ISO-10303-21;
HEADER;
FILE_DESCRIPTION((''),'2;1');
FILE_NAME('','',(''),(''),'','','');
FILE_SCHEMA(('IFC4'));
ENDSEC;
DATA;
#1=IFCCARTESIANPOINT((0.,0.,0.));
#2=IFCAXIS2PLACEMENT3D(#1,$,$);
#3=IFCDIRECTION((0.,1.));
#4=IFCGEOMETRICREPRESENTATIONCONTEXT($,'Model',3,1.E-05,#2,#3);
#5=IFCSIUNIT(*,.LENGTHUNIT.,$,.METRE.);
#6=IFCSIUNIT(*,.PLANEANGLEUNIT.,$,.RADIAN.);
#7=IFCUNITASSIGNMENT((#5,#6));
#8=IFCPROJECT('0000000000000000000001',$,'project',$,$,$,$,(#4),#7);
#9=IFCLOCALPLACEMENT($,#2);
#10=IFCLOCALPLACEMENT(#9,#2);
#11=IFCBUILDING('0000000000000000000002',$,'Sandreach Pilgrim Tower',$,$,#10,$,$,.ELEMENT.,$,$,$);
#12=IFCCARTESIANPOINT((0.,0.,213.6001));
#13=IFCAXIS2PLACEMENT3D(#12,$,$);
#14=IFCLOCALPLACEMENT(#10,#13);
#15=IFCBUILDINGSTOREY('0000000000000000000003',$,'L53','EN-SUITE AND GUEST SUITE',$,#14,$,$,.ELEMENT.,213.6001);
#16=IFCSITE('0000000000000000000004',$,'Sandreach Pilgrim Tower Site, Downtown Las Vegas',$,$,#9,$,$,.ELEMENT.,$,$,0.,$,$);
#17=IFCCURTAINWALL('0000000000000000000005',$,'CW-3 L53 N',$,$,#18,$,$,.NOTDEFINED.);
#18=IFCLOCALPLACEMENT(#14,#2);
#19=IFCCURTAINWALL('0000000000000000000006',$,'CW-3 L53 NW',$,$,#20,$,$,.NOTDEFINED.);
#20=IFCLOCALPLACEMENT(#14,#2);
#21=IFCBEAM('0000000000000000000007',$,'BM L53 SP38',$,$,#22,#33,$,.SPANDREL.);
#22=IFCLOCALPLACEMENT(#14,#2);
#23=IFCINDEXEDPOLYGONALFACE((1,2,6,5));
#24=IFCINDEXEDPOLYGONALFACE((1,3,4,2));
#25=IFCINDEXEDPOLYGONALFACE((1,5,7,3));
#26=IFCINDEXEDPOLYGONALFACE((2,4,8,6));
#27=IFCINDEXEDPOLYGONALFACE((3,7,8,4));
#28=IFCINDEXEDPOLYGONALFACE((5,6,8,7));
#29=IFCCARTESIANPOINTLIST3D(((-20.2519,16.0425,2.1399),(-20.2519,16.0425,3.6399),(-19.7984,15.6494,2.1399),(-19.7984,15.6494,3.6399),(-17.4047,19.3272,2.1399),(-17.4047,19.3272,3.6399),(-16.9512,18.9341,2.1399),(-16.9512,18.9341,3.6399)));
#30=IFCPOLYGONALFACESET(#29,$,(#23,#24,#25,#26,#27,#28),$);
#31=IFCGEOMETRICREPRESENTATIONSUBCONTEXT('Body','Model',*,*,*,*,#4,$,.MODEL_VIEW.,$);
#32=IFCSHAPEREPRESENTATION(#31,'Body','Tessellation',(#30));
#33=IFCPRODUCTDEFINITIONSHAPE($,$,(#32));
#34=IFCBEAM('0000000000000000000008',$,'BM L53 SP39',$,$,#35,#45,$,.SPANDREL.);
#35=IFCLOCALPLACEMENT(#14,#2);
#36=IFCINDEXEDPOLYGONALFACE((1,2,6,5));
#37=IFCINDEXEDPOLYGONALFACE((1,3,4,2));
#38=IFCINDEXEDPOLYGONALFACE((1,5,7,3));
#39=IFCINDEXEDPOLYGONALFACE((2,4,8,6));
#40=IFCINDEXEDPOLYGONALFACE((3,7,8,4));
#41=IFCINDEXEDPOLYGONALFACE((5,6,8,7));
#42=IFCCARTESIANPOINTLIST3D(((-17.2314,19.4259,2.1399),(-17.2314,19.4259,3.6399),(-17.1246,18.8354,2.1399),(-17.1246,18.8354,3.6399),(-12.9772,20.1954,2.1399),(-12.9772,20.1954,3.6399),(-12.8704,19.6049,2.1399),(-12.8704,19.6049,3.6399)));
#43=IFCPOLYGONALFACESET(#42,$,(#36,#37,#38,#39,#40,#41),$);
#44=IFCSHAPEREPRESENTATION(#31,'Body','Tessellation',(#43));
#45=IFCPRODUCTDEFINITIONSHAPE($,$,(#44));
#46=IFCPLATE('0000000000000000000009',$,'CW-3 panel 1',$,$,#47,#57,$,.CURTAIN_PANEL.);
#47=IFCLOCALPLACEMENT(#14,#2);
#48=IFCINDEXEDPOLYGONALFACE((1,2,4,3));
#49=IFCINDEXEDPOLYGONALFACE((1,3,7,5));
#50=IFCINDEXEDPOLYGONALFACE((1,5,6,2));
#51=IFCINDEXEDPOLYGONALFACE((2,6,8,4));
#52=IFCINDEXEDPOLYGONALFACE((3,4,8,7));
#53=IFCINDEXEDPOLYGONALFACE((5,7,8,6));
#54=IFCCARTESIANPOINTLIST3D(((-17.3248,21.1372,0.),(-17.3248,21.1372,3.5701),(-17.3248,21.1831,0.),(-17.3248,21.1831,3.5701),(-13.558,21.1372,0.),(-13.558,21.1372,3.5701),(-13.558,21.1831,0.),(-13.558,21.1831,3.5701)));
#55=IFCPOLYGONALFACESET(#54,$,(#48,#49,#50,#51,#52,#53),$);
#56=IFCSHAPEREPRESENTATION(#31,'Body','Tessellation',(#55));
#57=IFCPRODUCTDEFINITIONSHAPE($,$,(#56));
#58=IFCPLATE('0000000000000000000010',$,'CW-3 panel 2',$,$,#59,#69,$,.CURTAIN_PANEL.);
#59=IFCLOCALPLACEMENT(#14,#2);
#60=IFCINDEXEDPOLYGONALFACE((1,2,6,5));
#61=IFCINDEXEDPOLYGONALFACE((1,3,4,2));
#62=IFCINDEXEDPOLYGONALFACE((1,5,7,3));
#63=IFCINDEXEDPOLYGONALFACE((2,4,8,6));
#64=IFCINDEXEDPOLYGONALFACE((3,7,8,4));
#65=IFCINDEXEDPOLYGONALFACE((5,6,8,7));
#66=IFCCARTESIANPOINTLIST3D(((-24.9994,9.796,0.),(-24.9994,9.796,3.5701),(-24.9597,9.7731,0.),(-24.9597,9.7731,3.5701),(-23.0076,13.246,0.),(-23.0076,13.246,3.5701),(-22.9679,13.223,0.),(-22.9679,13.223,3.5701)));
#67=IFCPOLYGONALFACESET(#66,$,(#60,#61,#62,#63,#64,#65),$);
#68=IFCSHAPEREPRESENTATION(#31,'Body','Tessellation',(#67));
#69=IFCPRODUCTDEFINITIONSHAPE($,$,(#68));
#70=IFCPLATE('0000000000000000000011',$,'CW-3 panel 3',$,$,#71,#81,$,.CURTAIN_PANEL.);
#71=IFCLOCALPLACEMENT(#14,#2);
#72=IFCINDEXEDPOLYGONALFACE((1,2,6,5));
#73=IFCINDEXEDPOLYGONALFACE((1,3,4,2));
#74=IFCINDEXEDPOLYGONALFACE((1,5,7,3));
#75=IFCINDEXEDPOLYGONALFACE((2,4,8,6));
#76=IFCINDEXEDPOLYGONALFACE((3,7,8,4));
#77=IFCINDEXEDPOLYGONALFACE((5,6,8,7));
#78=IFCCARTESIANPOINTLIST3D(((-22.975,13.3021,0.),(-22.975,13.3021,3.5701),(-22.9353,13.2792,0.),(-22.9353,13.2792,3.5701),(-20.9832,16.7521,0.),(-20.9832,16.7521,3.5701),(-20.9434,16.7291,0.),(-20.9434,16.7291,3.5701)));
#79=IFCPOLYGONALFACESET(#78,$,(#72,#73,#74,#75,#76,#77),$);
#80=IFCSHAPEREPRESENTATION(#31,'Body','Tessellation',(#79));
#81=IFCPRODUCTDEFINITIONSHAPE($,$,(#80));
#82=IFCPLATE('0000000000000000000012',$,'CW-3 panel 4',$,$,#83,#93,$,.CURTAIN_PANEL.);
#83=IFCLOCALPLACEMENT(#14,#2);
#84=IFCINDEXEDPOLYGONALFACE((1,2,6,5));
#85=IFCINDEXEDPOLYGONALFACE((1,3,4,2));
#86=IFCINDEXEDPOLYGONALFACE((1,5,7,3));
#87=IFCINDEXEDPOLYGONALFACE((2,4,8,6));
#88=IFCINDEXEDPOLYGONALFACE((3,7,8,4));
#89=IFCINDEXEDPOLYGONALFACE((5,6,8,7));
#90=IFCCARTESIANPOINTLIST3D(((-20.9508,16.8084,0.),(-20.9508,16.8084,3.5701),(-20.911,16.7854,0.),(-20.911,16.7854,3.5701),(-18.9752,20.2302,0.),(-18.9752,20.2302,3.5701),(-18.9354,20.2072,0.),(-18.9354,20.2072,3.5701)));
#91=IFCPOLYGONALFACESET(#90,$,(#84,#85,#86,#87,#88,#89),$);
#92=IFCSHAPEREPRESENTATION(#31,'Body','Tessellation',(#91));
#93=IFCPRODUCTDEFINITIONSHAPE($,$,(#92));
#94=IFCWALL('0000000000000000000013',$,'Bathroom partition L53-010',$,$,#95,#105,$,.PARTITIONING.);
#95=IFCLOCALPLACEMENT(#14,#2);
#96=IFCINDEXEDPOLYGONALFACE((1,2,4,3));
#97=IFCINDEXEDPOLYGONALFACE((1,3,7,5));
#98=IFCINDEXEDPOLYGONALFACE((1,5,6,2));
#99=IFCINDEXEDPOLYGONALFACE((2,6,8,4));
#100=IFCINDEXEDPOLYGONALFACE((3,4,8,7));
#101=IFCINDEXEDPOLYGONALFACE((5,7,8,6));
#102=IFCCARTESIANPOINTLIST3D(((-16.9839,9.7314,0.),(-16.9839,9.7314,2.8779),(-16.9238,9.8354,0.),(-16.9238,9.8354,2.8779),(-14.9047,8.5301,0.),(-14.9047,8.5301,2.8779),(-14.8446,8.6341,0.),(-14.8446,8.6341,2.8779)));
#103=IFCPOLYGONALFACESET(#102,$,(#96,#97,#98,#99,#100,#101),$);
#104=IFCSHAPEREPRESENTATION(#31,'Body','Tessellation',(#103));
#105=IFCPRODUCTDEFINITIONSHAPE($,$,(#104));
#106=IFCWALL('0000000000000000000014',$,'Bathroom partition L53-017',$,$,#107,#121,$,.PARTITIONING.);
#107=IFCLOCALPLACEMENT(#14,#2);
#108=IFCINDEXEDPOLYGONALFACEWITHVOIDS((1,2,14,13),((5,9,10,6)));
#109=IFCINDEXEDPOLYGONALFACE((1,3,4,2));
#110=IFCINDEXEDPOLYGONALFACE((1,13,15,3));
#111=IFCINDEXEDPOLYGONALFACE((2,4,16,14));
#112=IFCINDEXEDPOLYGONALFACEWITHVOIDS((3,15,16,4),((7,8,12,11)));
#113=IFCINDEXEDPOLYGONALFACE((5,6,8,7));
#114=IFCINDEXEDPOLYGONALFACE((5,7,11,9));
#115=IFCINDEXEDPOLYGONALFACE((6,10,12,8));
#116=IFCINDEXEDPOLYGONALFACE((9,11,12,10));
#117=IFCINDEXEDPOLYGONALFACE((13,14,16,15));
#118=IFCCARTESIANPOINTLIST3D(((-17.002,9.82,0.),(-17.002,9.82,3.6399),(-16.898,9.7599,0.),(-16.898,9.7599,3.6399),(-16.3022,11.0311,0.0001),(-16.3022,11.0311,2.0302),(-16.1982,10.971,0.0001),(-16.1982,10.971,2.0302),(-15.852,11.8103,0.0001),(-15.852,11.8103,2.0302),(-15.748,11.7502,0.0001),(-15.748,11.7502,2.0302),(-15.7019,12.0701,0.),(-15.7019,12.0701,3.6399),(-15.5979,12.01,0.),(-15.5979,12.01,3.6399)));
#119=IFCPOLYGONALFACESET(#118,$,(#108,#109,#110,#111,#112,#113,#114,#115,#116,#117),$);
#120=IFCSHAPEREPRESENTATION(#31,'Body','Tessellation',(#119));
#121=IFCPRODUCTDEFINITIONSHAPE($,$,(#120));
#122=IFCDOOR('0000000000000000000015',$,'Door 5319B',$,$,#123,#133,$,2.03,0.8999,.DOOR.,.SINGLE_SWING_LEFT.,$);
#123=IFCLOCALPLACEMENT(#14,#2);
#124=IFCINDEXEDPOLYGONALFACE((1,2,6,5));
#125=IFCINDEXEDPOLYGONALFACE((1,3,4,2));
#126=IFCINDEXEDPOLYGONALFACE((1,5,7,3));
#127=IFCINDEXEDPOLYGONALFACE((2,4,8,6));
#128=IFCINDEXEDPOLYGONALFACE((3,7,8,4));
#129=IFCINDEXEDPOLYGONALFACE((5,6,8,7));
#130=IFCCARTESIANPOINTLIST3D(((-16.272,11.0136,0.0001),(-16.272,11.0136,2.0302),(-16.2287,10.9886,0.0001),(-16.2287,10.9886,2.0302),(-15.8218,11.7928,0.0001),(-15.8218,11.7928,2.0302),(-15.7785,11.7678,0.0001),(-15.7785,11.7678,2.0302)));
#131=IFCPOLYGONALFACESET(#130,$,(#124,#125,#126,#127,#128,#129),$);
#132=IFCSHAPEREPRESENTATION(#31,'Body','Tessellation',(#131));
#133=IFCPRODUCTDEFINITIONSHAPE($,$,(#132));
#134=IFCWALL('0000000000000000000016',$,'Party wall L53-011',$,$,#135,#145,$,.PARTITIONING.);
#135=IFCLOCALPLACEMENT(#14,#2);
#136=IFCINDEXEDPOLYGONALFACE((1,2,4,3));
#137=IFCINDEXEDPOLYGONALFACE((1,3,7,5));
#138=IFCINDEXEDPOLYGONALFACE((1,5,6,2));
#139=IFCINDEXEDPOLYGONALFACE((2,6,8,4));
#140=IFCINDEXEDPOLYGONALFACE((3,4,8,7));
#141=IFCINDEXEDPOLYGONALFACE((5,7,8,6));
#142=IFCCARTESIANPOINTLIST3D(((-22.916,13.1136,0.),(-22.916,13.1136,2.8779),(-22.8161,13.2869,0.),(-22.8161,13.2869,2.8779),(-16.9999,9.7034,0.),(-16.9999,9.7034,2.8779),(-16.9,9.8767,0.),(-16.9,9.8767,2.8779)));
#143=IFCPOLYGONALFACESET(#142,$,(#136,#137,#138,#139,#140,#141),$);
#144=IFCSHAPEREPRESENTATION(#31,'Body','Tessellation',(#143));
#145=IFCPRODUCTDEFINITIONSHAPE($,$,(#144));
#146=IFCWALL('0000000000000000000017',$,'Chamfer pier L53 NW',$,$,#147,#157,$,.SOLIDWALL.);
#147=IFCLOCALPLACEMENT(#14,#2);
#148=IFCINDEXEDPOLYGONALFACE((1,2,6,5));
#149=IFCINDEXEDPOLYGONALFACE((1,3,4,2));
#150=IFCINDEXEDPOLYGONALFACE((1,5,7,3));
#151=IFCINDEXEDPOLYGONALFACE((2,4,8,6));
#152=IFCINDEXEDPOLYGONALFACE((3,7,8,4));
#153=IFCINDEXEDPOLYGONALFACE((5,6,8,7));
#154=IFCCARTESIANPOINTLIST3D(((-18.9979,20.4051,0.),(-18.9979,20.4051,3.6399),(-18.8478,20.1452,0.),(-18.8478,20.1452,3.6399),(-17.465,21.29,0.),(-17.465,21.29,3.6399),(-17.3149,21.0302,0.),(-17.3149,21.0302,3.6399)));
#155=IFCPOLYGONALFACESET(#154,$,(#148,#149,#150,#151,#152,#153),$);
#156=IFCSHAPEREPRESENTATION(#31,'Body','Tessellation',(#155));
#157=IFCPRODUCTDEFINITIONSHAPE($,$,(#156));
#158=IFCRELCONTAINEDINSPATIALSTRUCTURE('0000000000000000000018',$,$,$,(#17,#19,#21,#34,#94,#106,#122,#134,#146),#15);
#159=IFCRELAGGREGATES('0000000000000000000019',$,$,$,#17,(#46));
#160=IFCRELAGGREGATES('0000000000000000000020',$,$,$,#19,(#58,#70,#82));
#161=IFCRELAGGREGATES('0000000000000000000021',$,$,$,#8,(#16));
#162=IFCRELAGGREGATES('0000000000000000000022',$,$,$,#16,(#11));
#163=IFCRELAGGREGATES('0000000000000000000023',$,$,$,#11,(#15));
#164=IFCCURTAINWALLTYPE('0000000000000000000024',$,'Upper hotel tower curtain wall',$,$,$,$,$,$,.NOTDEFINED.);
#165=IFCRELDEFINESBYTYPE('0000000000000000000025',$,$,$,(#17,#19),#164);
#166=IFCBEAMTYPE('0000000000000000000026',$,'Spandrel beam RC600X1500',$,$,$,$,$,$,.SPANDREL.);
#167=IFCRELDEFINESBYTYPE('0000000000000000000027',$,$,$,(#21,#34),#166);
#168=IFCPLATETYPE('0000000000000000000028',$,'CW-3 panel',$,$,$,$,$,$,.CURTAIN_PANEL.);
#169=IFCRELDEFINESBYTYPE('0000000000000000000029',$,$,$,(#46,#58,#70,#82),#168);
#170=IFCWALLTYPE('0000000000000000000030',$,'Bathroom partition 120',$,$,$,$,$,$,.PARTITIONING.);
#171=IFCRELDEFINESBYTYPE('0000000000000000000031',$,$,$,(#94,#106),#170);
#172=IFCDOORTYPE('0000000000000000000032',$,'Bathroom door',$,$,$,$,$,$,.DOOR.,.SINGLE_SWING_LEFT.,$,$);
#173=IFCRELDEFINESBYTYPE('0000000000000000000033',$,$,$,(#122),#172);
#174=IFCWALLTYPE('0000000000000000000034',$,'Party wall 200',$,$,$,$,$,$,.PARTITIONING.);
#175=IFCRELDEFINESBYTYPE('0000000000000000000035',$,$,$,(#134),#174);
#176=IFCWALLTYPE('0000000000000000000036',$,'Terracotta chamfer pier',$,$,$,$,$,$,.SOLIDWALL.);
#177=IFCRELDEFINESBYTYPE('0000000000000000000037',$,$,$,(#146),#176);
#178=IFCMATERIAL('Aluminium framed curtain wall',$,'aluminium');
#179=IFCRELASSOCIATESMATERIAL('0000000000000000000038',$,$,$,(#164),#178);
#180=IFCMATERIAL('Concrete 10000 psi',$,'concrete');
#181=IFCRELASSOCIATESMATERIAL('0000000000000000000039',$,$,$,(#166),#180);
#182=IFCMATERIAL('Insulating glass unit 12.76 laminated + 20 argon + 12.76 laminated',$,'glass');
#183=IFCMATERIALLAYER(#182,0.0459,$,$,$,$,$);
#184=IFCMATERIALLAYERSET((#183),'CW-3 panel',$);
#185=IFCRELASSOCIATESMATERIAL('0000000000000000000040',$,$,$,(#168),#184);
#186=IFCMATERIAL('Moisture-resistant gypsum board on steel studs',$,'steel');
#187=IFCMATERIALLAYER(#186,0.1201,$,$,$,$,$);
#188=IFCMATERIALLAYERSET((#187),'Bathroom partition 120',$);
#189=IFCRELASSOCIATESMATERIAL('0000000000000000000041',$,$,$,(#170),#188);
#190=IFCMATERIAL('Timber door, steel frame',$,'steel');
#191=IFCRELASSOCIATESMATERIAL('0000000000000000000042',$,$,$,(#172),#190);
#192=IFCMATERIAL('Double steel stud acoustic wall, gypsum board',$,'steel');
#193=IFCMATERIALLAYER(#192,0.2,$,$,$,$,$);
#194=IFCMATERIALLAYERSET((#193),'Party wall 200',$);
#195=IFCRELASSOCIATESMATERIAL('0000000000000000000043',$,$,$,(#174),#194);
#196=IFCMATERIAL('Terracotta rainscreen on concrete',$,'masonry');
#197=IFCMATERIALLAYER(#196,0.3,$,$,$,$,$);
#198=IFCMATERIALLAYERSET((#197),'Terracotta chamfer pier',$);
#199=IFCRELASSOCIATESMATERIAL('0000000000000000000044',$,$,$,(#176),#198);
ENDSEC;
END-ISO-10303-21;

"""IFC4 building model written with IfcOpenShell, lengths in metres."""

from ifc_helpers import new_model, si_unit, direction, frame, frame_2d, origin, origin_2d, place, context, subcontext, project, spatial, rectangle, extrude, material, layer, layer_set, material_profile, profile_set, type_object, element, fill, aggregate, save


model = new_model("IFC4")

# Units and contexts
model_context = context("Model", 3, precision=1e-05, world=origin(), true_north=direction((0.0, 1.0)))
body_context = subcontext(model_context, "Body", "Model", "MODEL_VIEW")
ifc_project = project(units=[si_unit("LENGTHUNIT", "METRE"), si_unit("PLANEANGLEUNIT", "RADIAN")], contexts=[model_context])

# Site, building, storey
site_placement = place(None, origin())
site = spatial("IfcSite", under=ifc_project, at=site_placement, Name="Sandreach Pilgrim Tower Site, Downtown Las Vegas", CompositionType="ELEMENT", RefElevation=0.0)
building_placement = place(site_placement, origin())
building = spatial("IfcBuilding", under=site, at=building_placement, Name="Sandreach Pilgrim Tower", CompositionType="ELEMENT")
storey_placement = place(building_placement, frame((0.0, 0.0, 213.6001)))
storey = spatial("IfcBuildingStorey", under=building, at=storey_placement, Name="L53", Description="EN-SUITE AND GUEST SUITE", CompositionType="ELEMENT", Elevation=213.6001)

# Curtain wall
ifc_material_1 = material(Name="Aluminium framed curtain wall", Category="aluminium")
curtain_wall_type = type_object("IfcCurtainWallType", Name="Upper hotel tower curtain wall", PredefinedType="NOTDEFINED", material=ifc_material_1)
curtain_wall_1_placement = place(storey_placement, origin())
curtain_wall_1 = element("IfcCurtainWall", 1, at=curtain_wall_1_placement, inside=storey, type_object=curtain_wall_type, Name="CW-3 L53 N", PredefinedType="NOTDEFINED")

# Curtain wall
curtain_wall_2_placement = place(storey_placement, origin())
curtain_wall_2 = element("IfcCurtainWall", 2, at=curtain_wall_2_placement, inside=storey, type_object=curtain_wall_type, Name="CW-3 L53 NW", PredefinedType="NOTDEFINED")

# Beams
ifc_material_2 = material(Name="Concrete 10000 psi", Category="concrete")
ifc_material_profile_1 = material_profile(ifc_material_2, rectangle(XDim=0.6001, YDim=1.5, at=origin_2d()), Name="RC600X1500")
ifc_profile_set_1 = profile_set([ifc_material_profile_1], Name="Concrete 10000 psi")
beam_type_1 = type_object("IfcBeamType", Name="Spandrel beam RC600X1500", PredefinedType="SPANDREL", material=ifc_profile_set_1)
beam_1_placement = place(storey_placement, frame((-20.0251, 15.8459, 2.8899), z_axis=(0.65499, 0.755637, 0.0), x_axis=(-0.755637, 0.65499, 0.0)))
element("IfcBeam", 3, at=beam_1_placement, inside=storey, type_object=beam_type_1, Name="BM L53 SP38", PredefinedType="SPANDREL", context=body_context, shape_type="SweptSolid", body=[
    extrude(rectangle(XDim=0.6001, YDim=1.5, at=origin_2d()), origin(), (0.0, 0.0, 1.0), 4.3469),
])
beam_2_placement = place(storey_placement, frame((-17.178, 19.1306, 2.8899), z_axis=(0.98403, 0.178001, 0.0), x_axis=(-0.178001, 0.98403, 0.0)))
element("IfcBeam", 4, at=beam_2_placement, inside=storey, type_object=beam_type_1, Name="BM L53 SP39", PredefinedType="SPANDREL", context=body_context, shape_type="SweptSolid", body=[
    extrude(rectangle(XDim=0.6001, YDim=1.5, at=origin_2d()), origin(), (0.0, 0.0, 1.0), 4.3232),
])

# Plates
ifc_material_3 = material(Name="Insulating glass unit 12.76 laminated + 20 argon + 12.76 laminated", Category="glass")
ifc_layer_1 = layer(ifc_material_3, 0.0459)
ifc_layer_set_1 = layer_set([ifc_layer_1], Name="CW-3 panel")
plate_type = type_object("IfcPlateType", Name="CW-3 panel", PredefinedType="CURTAIN_PANEL", material=ifc_layer_set_1)
plate_1_placement = place(storey_placement, frame((-15.4414, 21.1602, 0.0), z_axis=(0.0, 0.0, 1.0), x_axis=(1.0, 0.0, 0.0)))
plate_1 = element("IfcPlate", 5, at=plate_1_placement, type_object=plate_type, Name="CW-3 panel 1", PredefinedType="CURTAIN_PANEL", context=body_context, shape_type="SweptSolid", body=[
    extrude(rectangle(XDim=3.7668, YDim=0.0459, at=origin_2d()), origin(), (0.0, 0.0, 1.0), 3.5701),
])
aggregate(curtain_wall_1, [plate_1])
plate_2_placement = place(storey_placement, frame((-23.9836, 11.5095, 0.0), z_axis=(0.0, 0.0, 1.0), x_axis=(0.5, 0.866025, 0.0)))
plate_2 = element("IfcPlate", 6, at=plate_2_placement, type_object=plate_type, Name="CW-3 panel 2", PredefinedType="CURTAIN_PANEL", context=body_context, shape_type="SweptSolid", body=[
    extrude(rectangle(XDim=3.9836, YDim=0.0459, at=origin_2d()), origin(), (0.0, 0.0, 1.0), 3.5701),
])
plate_3_placement = place(storey_placement, frame((-21.9592, 15.0156, 0.0), z_axis=(0.0, 0.0, 1.0), x_axis=(0.5, 0.866025, 0.0)))
plate_3 = element("IfcPlate", 7, at=plate_3_placement, type_object=plate_type, Name="CW-3 panel 3", PredefinedType="CURTAIN_PANEL", context=body_context, shape_type="SweptSolid", body=[
    extrude(rectangle(XDim=3.9836, YDim=0.0459, at=origin_2d()), origin(), (0.0, 0.0, 1.0), 3.5701),
])
plate_4_placement = place(storey_placement, frame((-19.9431, 18.5078, 0.0), z_axis=(0.0, 0.0, 1.0), x_axis=(0.5, 0.866025, 0.0)))
plate_4 = element("IfcPlate", 8, at=plate_4_placement, type_object=plate_type, Name="CW-3 panel 4", PredefinedType="CURTAIN_PANEL", context=body_context, shape_type="SweptSolid", body=[
    extrude(rectangle(XDim=3.9512, YDim=0.0459, at=origin_2d()), origin(), (0.0, 0.0, 1.0), 3.5701),
])
aggregate(curtain_wall_2, [plate_2, plate_3, plate_4])

# Wall
ifc_material_4 = material(Name="Moisture-resistant gypsum board on steel studs", Category="steel")
ifc_layer_2 = layer(ifc_material_4, 0.1201)
ifc_layer_set_2 = layer_set([ifc_layer_2], Name="Bathroom partition 120")
wall_type_1 = type_object("IfcWallType", Name="Bathroom partition 120", PredefinedType="PARTITIONING", material=ifc_layer_set_2)
wall_1_placement = place(storey_placement, frame((-16.9539, 9.7834, 0.0), z_axis=(0.0, 0.0, 1.0), x_axis=(0.865862, -0.500283, 0.0)))
element("IfcWall", 9, at=wall_1_placement, inside=storey, type_object=wall_type_1, Name="Bathroom partition L53-010", PredefinedType="PARTITIONING", context=body_context, shape_type="SweptSolid", body=[
    extrude(rectangle(XDim=2.4014, YDim=0.1201, at=frame_2d((1.2007, 0.0))), origin(), (0.0, 0.0, 1.0), 2.8779),
])

# Wall, opening, door
wall_2_placement = place(storey_placement, frame((-15.6499, 12.04, 0.0), z_axis=(0.0, 0.0, 1.0), x_axis=(-0.500292, -0.865857, 0.0)))
wall_2 = element("IfcWall", 10, at=wall_2_placement, inside=storey, type_object=wall_type_1, Name="Bathroom partition L53-017", PredefinedType="PARTITIONING", context=body_context, shape_type="SweptSolid", body=[
    extrude(rectangle(XDim=2.5986, YDim=0.1201, at=frame_2d((1.2993, 0.0))), origin(), (0.0, 0.0, 1.0), 3.6399),
])
opening_placement = place(wall_2_placement, frame((0.3, 0.0, 0.0)))
opening = element("IfcOpeningElement", 11, at=opening_placement, cuts=wall_2, PredefinedType="OPENING", context=body_context, shape_type="SweptSolid", body=[
    extrude(rectangle(XDim=0.8999, YDim=2.03, at=frame_2d((0.45, 1.0151))), frame((0.0, 0.0601, 0.0), z_axis=(0.0, -1.0, 0.0), x_axis=(1.0, 0.0, 0.0)), (0.0, 0.0, 1.0), 0.1201),
])
ifc_material_5 = material(Name="Timber door, steel frame", Category="steel")
door_type = type_object("IfcDoorType", Name="Bathroom door", OperationType="SINGLE_SWING_LEFT", PredefinedType="DOOR", material=ifc_material_5)
door_placement = place(opening_placement, origin())
door = element("IfcDoor", 12, at=door_placement, inside=storey, type_object=door_type, Name="Door 5319B", OperationType="SINGLE_SWING_LEFT", OverallHeight=2.03, OverallWidth=0.8999, PredefinedType="DOOR", context=body_context, shape_type="SweptSolid", body=[
    extrude(rectangle(XDim=0.8999, YDim=2.03, at=frame_2d((0.45, 1.0151))), frame((0.0, 0.0249, 0.0), z_axis=(0.0, -1.0, 0.0), x_axis=(1.0, 0.0, 0.0)), (0.0, 0.0, 1.0), 0.05),
])
fill(opening, door)

# Walls
ifc_material_6 = material(Name="Double steel stud acoustic wall, gypsum board", Category="steel")
ifc_layer_3 = layer(ifc_material_6, 0.2)
ifc_layer_set_3 = layer_set([ifc_layer_3], Name="Party wall 200")
wall_type_2 = type_object("IfcWallType", Name="Party wall 200", PredefinedType="PARTITIONING", material=ifc_layer_set_3)
wall_3_placement = place(storey_placement, frame((-16.95, 9.79, 0.0), z_axis=(0.0, 0.0, 1.0), x_axis=(-0.866371, 0.499401, 0.0)))
element("IfcWall", 13, at=wall_3_placement, inside=storey, type_object=wall_type_2, Name="Party wall L53-011", PredefinedType="PARTITIONING", context=body_context, shape_type="SweptSolid", body=[
    extrude(rectangle(XDim=6.8286, YDim=0.2, at=frame_2d((3.4143, 0.0))), origin(), (0.0, 0.0, 1.0), 2.8779),
])
ifc_material_7 = material(Name="Terracotta rainscreen on concrete", Category="masonry")
ifc_layer_4 = layer(ifc_material_7, 0.3)
ifc_layer_set_4 = layer_set([ifc_layer_4], Name="Terracotta chamfer pier")
wall_type_3 = type_object("IfcWallType", Name="Terracotta chamfer pier", PredefinedType="SOLIDWALL", material=ifc_layer_set_4)
wall_4_placement = place(storey_placement, frame((-18.9229, 20.2751, 0.0), z_axis=(0.0, 0.0, 1.0), x_axis=(0.866036, 0.499981, 0.0)))
element("IfcWall", 14, at=wall_4_placement, inside=storey, type_object=wall_type_3, Name="Chamfer pier L53 NW", PredefinedType="SOLIDWALL", context=body_context, shape_type="SweptSolid", body=[
    extrude(rectangle(XDim=1.77, YDim=0.3, at=frame_2d((0.885, 0.0))), origin(), (0.0, 0.0, 1.0), 3.6399),
])

save(model, "model.ifc")
